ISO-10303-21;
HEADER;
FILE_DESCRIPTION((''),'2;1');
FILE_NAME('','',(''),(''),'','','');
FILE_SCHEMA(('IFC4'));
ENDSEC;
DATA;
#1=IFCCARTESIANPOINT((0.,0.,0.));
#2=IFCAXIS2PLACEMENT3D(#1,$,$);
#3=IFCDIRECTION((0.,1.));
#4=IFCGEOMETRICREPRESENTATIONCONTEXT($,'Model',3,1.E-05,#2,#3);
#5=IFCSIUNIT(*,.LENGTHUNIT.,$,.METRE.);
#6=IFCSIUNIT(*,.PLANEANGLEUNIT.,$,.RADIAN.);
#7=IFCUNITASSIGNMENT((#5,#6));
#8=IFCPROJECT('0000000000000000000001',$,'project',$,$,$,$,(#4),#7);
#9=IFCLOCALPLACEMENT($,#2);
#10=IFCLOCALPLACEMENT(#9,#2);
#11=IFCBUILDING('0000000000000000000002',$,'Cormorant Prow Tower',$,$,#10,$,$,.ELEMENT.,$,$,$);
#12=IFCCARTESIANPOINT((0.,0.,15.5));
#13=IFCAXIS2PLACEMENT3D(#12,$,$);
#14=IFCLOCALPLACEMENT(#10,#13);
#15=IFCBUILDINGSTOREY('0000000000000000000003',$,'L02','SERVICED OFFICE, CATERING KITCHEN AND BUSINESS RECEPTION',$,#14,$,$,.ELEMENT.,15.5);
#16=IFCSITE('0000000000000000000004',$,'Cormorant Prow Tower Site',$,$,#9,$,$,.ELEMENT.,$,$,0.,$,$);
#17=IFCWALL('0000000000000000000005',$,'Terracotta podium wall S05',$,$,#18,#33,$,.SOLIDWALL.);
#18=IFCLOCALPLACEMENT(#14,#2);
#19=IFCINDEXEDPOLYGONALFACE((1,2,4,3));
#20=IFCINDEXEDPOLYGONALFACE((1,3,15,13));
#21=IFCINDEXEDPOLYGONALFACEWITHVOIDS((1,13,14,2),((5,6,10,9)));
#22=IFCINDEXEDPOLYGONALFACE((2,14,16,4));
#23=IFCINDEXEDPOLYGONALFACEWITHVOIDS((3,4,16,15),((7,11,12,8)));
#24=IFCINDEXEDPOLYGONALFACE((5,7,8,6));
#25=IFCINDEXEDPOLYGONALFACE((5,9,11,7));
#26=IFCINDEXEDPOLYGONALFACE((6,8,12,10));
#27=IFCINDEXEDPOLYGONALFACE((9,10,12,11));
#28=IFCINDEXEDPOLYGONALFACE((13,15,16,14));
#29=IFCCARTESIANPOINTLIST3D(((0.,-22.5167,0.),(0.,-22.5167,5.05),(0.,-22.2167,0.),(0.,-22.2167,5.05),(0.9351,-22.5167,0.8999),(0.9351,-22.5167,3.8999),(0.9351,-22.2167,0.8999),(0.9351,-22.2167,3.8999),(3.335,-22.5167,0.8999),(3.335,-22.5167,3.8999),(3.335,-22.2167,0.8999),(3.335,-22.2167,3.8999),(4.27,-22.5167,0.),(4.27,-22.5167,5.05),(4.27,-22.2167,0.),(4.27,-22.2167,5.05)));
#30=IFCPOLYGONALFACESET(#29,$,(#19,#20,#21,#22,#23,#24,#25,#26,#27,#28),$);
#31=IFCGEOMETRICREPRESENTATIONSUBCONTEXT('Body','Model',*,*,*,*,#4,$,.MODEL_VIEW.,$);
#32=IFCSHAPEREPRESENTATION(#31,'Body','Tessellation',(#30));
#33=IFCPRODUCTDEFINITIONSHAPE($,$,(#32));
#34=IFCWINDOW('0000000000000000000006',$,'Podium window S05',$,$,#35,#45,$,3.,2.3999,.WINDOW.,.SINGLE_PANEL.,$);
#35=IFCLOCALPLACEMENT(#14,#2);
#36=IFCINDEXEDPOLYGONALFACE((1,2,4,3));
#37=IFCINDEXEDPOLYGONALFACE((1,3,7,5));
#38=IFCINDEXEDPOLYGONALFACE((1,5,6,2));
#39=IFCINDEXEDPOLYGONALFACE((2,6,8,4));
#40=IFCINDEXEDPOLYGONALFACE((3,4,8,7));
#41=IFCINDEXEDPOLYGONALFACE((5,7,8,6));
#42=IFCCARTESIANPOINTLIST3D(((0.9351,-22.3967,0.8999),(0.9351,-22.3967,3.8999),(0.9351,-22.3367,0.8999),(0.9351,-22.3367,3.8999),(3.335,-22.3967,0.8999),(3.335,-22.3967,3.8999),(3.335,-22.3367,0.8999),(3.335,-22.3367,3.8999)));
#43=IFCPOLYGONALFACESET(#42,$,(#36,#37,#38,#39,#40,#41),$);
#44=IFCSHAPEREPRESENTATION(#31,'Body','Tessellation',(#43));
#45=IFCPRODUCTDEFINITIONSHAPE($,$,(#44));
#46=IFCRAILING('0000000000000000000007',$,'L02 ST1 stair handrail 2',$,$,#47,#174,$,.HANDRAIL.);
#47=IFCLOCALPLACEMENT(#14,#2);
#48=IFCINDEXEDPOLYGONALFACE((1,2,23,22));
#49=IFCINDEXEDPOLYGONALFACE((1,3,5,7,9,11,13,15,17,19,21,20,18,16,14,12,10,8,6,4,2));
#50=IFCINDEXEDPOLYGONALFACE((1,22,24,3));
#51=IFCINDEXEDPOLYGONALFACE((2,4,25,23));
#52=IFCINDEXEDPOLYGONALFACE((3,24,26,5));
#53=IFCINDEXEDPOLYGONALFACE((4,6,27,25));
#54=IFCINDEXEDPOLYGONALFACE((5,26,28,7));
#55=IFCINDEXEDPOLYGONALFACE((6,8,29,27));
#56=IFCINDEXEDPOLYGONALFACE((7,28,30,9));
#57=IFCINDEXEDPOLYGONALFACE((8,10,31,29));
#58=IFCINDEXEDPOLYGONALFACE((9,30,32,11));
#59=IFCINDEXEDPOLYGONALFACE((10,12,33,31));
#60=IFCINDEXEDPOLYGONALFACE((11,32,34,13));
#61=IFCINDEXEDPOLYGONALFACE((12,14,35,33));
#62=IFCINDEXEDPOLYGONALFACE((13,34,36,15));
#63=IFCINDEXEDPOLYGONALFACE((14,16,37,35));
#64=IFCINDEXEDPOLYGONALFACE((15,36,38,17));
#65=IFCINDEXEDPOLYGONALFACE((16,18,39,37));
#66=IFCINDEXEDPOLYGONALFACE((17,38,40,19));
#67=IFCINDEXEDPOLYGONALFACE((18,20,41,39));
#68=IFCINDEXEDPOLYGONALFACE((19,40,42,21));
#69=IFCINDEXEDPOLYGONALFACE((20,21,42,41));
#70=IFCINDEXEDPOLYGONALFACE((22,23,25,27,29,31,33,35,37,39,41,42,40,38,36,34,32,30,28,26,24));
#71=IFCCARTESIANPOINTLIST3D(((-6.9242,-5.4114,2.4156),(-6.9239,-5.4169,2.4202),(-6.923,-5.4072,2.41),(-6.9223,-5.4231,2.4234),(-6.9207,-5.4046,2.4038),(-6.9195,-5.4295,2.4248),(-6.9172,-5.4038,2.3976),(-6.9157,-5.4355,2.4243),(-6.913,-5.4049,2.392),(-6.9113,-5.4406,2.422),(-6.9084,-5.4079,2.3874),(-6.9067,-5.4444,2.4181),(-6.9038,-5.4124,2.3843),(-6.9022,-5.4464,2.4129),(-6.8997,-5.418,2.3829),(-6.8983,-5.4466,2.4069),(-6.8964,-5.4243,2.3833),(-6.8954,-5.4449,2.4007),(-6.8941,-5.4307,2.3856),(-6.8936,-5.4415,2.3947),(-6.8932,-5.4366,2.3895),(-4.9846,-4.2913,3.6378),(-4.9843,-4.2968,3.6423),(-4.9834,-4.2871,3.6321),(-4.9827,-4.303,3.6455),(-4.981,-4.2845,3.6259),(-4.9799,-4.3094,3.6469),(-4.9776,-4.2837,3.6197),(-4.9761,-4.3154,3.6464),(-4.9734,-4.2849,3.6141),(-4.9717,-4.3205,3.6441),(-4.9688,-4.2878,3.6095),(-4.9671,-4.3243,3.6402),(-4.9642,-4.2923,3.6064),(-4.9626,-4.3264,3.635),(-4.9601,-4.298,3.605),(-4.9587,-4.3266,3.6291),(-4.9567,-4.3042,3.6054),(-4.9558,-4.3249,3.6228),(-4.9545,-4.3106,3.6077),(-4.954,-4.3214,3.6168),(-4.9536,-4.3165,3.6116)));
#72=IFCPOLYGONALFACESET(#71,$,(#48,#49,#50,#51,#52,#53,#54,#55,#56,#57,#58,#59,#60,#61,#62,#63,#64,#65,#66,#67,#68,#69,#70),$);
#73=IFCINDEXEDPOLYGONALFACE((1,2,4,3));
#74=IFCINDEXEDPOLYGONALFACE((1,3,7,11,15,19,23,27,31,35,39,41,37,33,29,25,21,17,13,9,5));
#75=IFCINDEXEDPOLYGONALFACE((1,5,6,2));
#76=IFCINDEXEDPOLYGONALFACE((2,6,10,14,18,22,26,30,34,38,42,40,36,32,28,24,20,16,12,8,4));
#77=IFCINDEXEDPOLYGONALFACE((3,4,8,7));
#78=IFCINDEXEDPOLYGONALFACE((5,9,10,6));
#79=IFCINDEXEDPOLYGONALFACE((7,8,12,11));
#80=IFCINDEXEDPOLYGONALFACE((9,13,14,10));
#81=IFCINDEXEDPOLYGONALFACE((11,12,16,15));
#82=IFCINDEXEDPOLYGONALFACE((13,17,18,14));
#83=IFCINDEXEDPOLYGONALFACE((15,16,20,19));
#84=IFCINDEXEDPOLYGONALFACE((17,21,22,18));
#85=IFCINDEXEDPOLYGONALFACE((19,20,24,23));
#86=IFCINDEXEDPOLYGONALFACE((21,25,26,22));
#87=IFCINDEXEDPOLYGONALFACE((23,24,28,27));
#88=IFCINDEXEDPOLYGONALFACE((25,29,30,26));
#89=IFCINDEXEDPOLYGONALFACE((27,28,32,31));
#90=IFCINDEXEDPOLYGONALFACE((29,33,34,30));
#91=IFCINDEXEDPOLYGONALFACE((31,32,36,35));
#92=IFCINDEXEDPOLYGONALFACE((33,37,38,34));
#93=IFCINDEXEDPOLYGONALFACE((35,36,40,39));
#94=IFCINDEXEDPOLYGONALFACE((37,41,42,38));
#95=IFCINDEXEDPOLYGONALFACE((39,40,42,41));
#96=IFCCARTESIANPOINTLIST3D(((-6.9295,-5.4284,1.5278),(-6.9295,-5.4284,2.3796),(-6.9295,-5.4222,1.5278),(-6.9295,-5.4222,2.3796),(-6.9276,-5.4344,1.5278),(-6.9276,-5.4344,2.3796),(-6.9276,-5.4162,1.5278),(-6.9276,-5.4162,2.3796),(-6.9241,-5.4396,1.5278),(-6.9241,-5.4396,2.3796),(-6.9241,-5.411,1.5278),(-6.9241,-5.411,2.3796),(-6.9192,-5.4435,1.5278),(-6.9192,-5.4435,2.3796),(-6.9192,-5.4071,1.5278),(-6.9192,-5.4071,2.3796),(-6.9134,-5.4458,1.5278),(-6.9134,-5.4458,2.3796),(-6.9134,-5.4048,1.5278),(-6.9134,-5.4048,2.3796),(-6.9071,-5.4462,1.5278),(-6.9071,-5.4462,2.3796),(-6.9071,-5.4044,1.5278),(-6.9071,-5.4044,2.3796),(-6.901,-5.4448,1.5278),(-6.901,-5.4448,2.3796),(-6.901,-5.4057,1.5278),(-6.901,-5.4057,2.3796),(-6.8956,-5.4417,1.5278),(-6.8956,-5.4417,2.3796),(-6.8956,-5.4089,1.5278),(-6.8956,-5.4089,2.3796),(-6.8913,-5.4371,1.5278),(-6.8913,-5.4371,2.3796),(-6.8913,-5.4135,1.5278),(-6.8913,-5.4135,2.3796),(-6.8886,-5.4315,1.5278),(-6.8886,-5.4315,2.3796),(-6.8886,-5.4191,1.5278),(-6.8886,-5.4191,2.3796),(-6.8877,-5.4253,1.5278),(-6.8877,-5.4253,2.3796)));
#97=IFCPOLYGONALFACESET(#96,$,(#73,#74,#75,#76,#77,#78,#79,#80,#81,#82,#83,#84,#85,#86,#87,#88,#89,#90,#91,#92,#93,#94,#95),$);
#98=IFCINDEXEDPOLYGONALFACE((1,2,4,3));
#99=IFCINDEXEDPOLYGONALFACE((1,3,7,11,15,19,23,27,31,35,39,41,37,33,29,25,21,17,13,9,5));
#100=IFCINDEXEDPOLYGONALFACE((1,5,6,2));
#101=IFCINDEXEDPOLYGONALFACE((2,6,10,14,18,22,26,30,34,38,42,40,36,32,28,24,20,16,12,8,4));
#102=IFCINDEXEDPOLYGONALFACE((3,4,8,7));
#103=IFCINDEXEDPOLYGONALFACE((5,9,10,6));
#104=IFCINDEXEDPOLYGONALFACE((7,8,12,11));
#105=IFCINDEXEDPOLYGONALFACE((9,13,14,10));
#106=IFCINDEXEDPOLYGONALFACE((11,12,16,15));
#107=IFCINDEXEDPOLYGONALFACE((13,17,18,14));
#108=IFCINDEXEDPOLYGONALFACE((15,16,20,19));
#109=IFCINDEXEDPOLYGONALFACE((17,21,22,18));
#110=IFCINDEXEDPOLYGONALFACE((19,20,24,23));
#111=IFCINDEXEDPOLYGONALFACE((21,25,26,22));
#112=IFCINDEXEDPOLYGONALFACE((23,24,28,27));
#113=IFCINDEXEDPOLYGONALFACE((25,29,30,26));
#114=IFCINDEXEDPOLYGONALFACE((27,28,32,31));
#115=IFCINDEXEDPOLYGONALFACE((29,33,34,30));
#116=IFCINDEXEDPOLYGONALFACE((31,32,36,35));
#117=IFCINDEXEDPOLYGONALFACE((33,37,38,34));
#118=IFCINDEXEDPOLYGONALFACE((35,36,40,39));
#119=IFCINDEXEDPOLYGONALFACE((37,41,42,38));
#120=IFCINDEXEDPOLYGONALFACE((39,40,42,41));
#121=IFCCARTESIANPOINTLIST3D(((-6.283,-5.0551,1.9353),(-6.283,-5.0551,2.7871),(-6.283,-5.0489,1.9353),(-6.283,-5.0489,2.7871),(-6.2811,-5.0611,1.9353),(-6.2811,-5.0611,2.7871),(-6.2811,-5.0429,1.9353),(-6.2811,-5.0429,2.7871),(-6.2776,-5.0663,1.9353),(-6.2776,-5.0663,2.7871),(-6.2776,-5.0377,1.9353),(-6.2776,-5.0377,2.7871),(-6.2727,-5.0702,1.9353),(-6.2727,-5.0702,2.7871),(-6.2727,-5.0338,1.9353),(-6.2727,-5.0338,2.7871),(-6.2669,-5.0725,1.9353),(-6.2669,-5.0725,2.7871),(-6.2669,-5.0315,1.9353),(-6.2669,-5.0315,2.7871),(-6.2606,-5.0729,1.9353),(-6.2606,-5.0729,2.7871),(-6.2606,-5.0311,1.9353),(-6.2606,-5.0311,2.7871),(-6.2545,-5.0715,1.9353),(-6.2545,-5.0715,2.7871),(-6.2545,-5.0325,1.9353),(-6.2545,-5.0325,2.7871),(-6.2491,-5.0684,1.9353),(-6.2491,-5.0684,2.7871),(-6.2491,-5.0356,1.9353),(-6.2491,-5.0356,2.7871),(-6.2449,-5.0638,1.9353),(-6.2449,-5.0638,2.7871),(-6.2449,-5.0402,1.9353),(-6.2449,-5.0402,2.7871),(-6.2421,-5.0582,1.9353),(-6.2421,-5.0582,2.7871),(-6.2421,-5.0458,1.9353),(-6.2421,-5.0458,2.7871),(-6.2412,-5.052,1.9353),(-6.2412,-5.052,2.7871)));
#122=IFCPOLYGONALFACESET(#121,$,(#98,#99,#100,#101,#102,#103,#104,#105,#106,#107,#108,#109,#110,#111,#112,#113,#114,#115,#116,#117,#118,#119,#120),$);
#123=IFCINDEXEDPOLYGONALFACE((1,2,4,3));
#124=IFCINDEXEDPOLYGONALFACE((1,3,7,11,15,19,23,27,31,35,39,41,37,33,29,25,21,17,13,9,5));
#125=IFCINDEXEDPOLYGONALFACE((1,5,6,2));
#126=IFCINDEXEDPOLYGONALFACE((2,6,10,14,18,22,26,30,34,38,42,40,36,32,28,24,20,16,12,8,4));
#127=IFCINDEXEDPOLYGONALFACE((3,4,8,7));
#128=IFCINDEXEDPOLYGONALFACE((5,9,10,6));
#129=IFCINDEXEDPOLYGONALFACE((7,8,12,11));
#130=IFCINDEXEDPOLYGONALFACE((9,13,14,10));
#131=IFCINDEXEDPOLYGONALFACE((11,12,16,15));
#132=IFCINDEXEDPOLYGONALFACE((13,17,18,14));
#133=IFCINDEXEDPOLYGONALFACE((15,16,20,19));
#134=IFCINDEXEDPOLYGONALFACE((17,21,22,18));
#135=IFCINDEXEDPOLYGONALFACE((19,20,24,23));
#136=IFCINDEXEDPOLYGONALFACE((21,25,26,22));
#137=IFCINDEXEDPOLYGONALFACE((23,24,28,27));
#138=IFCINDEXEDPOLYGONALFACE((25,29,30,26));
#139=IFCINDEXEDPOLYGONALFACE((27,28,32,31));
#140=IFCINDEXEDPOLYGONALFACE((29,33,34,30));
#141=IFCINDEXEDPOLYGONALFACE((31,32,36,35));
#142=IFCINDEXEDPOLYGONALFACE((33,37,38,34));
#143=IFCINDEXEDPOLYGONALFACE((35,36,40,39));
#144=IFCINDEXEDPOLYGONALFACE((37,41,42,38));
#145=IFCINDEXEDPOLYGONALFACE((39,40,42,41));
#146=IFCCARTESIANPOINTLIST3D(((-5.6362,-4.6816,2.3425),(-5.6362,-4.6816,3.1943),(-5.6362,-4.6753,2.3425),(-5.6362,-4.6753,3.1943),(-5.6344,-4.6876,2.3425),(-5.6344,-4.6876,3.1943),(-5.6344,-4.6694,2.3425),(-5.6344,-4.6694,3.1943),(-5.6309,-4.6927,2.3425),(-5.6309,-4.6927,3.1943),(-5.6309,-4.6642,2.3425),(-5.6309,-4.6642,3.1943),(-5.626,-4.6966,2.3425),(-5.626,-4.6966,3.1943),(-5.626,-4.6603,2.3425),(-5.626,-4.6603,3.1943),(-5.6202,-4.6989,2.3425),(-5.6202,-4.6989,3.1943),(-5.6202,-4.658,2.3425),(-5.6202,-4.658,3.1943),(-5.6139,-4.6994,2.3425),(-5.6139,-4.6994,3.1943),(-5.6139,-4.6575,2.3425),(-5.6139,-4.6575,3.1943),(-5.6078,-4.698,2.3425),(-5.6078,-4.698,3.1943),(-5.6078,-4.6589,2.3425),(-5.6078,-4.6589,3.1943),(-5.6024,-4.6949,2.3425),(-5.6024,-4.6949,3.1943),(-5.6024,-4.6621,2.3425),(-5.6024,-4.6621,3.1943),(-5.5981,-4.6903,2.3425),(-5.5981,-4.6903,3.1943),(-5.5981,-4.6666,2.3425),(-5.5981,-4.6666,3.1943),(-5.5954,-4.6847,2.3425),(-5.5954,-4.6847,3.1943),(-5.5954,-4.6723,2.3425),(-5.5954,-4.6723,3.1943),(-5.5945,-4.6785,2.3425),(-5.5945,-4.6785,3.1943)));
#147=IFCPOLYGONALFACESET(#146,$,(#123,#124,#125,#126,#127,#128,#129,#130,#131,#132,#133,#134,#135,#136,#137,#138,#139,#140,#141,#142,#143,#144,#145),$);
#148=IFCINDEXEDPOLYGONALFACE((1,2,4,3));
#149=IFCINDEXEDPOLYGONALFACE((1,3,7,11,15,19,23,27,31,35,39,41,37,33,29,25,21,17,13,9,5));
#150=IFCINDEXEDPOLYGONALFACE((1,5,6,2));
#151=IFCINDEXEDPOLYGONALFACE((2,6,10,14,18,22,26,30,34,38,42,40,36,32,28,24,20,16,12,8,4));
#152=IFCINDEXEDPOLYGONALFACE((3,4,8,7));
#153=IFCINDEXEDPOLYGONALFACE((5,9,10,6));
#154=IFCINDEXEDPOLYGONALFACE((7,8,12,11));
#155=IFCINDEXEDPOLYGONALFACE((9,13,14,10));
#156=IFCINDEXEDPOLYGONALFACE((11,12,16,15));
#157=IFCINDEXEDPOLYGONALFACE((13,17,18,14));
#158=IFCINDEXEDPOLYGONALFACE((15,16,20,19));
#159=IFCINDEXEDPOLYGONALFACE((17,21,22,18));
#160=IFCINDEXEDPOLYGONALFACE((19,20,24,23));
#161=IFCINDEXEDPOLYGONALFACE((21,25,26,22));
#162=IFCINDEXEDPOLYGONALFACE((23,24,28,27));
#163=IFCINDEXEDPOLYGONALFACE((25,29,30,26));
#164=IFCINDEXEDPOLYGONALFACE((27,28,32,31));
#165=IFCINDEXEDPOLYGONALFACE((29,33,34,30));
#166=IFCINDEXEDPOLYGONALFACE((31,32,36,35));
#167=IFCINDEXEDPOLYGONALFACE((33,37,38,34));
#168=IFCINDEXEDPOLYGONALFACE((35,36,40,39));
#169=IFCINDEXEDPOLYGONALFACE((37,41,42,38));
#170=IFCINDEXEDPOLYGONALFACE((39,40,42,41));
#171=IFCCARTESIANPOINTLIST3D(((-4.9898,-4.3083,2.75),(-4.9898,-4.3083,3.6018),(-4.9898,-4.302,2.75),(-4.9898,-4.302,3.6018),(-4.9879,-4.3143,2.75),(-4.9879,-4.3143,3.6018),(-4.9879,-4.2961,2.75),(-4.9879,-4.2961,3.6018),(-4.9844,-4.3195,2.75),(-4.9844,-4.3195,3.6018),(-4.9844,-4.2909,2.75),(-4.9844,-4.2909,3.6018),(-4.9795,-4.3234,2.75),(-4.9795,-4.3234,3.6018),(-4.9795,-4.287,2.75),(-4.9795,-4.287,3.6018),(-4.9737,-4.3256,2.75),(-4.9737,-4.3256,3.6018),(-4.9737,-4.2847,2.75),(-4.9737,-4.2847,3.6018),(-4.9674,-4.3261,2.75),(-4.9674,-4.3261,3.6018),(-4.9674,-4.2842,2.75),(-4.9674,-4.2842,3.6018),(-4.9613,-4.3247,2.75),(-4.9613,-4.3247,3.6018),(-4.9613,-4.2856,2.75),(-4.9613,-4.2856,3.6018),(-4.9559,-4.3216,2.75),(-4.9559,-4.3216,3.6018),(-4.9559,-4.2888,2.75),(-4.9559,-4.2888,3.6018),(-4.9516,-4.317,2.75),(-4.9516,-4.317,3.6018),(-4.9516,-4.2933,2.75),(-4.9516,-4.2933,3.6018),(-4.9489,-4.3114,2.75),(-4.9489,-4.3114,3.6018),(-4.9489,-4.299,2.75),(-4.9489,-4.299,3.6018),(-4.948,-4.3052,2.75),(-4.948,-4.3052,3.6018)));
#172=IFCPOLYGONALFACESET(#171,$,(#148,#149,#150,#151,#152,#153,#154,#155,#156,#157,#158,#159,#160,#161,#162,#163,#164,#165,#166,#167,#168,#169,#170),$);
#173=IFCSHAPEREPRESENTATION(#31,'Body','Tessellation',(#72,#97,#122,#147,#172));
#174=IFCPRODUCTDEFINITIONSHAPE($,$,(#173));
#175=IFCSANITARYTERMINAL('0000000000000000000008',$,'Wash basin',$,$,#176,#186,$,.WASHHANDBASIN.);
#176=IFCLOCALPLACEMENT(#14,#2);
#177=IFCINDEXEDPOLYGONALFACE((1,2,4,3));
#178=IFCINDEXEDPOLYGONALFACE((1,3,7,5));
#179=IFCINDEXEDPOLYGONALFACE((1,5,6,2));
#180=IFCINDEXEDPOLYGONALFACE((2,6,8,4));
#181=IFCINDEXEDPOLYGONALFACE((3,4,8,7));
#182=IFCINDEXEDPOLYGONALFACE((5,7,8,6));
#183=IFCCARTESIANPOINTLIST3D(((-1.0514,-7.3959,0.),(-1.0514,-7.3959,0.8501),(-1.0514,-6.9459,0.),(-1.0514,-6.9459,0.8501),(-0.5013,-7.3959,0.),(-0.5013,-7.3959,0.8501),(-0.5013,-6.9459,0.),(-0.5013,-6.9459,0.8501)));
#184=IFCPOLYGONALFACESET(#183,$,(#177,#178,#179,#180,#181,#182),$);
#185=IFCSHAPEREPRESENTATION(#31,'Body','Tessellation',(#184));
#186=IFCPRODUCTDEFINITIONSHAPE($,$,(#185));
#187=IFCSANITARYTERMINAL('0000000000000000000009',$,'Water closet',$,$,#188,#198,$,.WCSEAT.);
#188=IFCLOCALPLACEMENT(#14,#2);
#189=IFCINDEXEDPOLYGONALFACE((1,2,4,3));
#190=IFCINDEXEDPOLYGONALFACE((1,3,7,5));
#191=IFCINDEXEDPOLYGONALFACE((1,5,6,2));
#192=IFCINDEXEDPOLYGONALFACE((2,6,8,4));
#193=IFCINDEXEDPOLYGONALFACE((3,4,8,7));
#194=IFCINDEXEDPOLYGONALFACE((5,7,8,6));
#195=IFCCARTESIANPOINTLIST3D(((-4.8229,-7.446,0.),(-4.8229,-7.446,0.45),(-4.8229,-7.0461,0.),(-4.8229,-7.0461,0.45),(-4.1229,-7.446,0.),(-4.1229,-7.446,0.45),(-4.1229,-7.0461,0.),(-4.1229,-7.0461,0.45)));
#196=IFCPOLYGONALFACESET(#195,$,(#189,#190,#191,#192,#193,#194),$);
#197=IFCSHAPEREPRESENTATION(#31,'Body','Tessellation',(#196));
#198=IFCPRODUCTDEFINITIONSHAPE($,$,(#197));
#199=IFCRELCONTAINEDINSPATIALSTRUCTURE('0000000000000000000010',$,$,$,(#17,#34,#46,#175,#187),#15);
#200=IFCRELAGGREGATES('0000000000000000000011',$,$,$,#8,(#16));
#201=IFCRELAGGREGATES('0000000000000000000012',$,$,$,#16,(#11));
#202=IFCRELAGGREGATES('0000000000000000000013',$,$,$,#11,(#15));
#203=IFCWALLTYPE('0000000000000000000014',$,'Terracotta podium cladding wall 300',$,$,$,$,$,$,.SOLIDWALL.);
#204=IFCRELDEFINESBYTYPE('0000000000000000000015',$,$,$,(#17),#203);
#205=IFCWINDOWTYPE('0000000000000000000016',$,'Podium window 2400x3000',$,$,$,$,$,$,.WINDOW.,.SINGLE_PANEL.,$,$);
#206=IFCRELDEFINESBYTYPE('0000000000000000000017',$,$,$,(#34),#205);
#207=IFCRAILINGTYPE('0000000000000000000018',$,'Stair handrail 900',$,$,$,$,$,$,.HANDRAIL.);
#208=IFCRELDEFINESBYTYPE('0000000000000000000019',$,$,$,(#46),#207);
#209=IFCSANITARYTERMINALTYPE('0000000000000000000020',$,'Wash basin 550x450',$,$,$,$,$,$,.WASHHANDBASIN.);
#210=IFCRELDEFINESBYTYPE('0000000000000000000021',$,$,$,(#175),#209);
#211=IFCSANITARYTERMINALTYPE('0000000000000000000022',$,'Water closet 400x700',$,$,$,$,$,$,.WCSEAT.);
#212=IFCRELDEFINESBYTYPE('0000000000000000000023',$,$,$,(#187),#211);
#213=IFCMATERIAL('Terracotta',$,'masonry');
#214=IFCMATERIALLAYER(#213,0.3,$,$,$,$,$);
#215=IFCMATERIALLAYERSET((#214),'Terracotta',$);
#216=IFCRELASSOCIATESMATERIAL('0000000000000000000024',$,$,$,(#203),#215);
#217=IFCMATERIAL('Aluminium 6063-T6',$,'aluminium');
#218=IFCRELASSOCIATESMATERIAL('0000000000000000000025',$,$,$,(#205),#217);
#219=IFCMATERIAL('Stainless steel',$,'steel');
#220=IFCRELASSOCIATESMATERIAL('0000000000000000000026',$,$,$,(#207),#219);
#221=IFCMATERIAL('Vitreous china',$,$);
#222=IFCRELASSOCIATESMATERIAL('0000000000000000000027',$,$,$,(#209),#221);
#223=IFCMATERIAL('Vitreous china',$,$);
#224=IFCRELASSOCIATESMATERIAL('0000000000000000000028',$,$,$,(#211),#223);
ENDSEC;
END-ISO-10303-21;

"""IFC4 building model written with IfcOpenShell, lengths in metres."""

from ifc_helpers import new_model, si_unit, direction, frame, frame_2d, origin, origin_2d, place, context, subcontext, project, spatial, rectangle, circle, extrude, material, layer, layer_set, type_object, element, fill, save


model = new_model("IFC4")

# Units and contexts
model_context = context("Model", 3, precision=1e-05, world=origin(), true_north=direction((0.0, 1.0)))
body_context = subcontext(model_context, "Body", "Model", "MODEL_VIEW")
ifc_project = project(units=[si_unit("LENGTHUNIT", "METRE"), si_unit("PLANEANGLEUNIT", "RADIAN")], contexts=[model_context])

# Site, building, storey
site_placement = place(None, origin())
site = spatial("IfcSite", under=ifc_project, at=site_placement, Name="Cormorant Prow Tower Site", CompositionType="ELEMENT", RefElevation=0.0)
building_placement = place(site_placement, origin())
building = spatial("IfcBuilding", under=site, at=building_placement, Name="Cormorant Prow Tower", CompositionType="ELEMENT")
storey_placement = place(building_placement, frame((0.0, 0.0, 15.5)))
storey = spatial("IfcBuildingStorey", under=building, at=storey_placement, Name="L02", Description="SERVICED OFFICE, CATERING KITCHEN AND BUSINESS RECEPTION", CompositionType="ELEMENT", Elevation=15.5)

# Wall, opening, window
ifc_material_1 = material(Name="Terracotta", Category="masonry")
ifc_layer_1 = layer(ifc_material_1, 0.3)
ifc_layer_set_1 = layer_set([ifc_layer_1], Name="Terracotta")
wall_type_1 = type_object("IfcWallType", Name="Terracotta podium cladding wall 300", PredefinedType="SOLIDWALL", material=ifc_layer_set_1)
ifc_material_2 = material(Name="Aluminium 6063-T6", Category="aluminium")
window_type = type_object("IfcWindowType", Name="Podium window 2400x3000", PartitioningType="SINGLE_PANEL", PredefinedType="WINDOW", material=ifc_material_2)
wall_1_placement = place(storey_placement, frame((0.0, -22.3667, 0.0), z_axis=(0.0, 0.0, 1.0), x_axis=(1.0, 0.0, 0.0)))
wall_1 = element("IfcWall", 1, at=wall_1_placement, inside=storey, type_object=wall_type_1, Name="Terracotta podium wall S05", PredefinedType="SOLIDWALL", context=body_context, shape_type="SweptSolid", body=[
    extrude(rectangle(XDim=4.27, YDim=0.3, at=frame_2d((2.135, 0.0))), origin(), (0.0, 0.0, 1.0), 5.05),
])
opening_1_placement = place(wall_1_placement, frame((0.9351, 0.0, 0.8999)))
opening_1 = element("IfcOpeningElement", 2, at=opening_1_placement, cuts=wall_1, PredefinedType="OPENING", context=body_context, shape_type="SweptSolid", body=[
    extrude(rectangle(XDim=2.3999, YDim=3.0, at=frame_2d((1.2, 1.5))), frame((0.0, 0.1599, 0.0), z_axis=(0.0, -1.0, 0.0), x_axis=(1.0, 0.0, 0.0)), (0.0, 0.0, 1.0), 0.3201),
])
window_1_placement = place(opening_1_placement, origin())
window_1 = element("IfcWindow", 3, at=window_1_placement, inside=storey, type_object=window_type, Name="Podium window S05", OverallHeight=3.0, OverallWidth=2.3999, PartitioningType="SINGLE_PANEL", PredefinedType="WINDOW", context=body_context, shape_type="SweptSolid", body=[
    extrude(rectangle(XDim=2.3999, YDim=3.0, at=frame_2d((1.2, 1.5))), frame((0.0, 0.03, 0.0), z_axis=(0.0, -1.0, 0.0), x_axis=(1.0, 0.0, 0.0)), (0.0, 0.0, 1.0), 0.0601),
])
fill(opening_1, window_1)

# Railing
ifc_material_3 = material(Name="Stainless steel", Category="steel")
railing_type = type_object("IfcRailingType", Name="Stair handrail 900", PredefinedType="HANDRAIL", material=ifc_material_3)
railing_placement = place(storey_placement, frame((-6.9087, -5.4253, 1.5278)))
element("IfcRailing", 4, at=railing_placement, inside=storey, type_object=railing_type, Name="L02 ST1 stair handrail 2", PredefinedType="HANDRAIL", context=body_context, shape_type="SweptSolid", body=[
    extrude(circle(Radius=0.0239, at=origin_2d()), frame((0.0, 0.0, 0.876), z_axis=(0.760182, 0.438982, 0.478977), x_axis=(-0.500078, 0.86598, 0.0)), (0.0, 0.0, 1.0), 2.5515),
    extrude(circle(Radius=0.021, at=origin_2d()), origin(), (0.0, 0.0, 1.0), 0.8518),
    extrude(circle(Radius=0.021, at=origin_2d()), frame((0.6465, 0.3733, 0.4075)), (0.0, 0.0, 1.0), 0.8518),
    extrude(circle(Radius=0.021, at=origin_2d()), frame((1.2932, 0.7468, 0.8147)), (0.0, 0.0, 1.0), 0.8518),
    extrude(circle(Radius=0.021, at=origin_2d()), frame((1.9397, 1.1201, 1.2222)), (0.0, 0.0, 1.0), 0.8518),
])

# Sanitary terminals
ifc_material_4 = material(Name="Vitreous china")
sanitary_terminal_type_1 = type_object("IfcSanitaryTerminalType", Name="Wash basin 550x450", PredefinedType="WASHHANDBASIN", material=ifc_material_4)
sanitary_terminal_1_placement = place(storey_placement, frame((-0.7764, -7.1709, 0.0), z_axis=(0.0, 0.0, 1.0), x_axis=(-1.0, 0.0, 0.0)))
element("IfcSanitaryTerminal", 5, at=sanitary_terminal_1_placement, inside=storey, type_object=sanitary_terminal_type_1, Name="Wash basin", PredefinedType="WASHHANDBASIN", context=body_context, shape_type="SweptSolid", body=[
    extrude(rectangle(XDim=0.55, YDim=0.45, at=origin_2d()), origin(), (0.0, 0.0, 1.0), 0.8501),
])
ifc_material_5 = material(Name="Vitreous china")
sanitary_terminal_type_2 = type_object("IfcSanitaryTerminalType", Name="Water closet 400x700", PredefinedType="WCSEAT", material=ifc_material_5)
sanitary_terminal_2_placement = place(storey_placement, frame((-4.4729, -7.2461, 0.0), z_axis=(0.0, 0.0, 1.0), x_axis=(0.0, -1.0, 0.0)))
element("IfcSanitaryTerminal", 6, at=sanitary_terminal_2_placement, inside=storey, type_object=sanitary_terminal_type_2, Name="Water closet", PredefinedType="WCSEAT", context=body_context, shape_type="SweptSolid", body=[
    extrude(rectangle(XDim=0.3999, YDim=0.7, at=origin_2d()), origin(), (0.0, 0.0, 1.0), 0.45),
])

save(model, "model.ifc")
